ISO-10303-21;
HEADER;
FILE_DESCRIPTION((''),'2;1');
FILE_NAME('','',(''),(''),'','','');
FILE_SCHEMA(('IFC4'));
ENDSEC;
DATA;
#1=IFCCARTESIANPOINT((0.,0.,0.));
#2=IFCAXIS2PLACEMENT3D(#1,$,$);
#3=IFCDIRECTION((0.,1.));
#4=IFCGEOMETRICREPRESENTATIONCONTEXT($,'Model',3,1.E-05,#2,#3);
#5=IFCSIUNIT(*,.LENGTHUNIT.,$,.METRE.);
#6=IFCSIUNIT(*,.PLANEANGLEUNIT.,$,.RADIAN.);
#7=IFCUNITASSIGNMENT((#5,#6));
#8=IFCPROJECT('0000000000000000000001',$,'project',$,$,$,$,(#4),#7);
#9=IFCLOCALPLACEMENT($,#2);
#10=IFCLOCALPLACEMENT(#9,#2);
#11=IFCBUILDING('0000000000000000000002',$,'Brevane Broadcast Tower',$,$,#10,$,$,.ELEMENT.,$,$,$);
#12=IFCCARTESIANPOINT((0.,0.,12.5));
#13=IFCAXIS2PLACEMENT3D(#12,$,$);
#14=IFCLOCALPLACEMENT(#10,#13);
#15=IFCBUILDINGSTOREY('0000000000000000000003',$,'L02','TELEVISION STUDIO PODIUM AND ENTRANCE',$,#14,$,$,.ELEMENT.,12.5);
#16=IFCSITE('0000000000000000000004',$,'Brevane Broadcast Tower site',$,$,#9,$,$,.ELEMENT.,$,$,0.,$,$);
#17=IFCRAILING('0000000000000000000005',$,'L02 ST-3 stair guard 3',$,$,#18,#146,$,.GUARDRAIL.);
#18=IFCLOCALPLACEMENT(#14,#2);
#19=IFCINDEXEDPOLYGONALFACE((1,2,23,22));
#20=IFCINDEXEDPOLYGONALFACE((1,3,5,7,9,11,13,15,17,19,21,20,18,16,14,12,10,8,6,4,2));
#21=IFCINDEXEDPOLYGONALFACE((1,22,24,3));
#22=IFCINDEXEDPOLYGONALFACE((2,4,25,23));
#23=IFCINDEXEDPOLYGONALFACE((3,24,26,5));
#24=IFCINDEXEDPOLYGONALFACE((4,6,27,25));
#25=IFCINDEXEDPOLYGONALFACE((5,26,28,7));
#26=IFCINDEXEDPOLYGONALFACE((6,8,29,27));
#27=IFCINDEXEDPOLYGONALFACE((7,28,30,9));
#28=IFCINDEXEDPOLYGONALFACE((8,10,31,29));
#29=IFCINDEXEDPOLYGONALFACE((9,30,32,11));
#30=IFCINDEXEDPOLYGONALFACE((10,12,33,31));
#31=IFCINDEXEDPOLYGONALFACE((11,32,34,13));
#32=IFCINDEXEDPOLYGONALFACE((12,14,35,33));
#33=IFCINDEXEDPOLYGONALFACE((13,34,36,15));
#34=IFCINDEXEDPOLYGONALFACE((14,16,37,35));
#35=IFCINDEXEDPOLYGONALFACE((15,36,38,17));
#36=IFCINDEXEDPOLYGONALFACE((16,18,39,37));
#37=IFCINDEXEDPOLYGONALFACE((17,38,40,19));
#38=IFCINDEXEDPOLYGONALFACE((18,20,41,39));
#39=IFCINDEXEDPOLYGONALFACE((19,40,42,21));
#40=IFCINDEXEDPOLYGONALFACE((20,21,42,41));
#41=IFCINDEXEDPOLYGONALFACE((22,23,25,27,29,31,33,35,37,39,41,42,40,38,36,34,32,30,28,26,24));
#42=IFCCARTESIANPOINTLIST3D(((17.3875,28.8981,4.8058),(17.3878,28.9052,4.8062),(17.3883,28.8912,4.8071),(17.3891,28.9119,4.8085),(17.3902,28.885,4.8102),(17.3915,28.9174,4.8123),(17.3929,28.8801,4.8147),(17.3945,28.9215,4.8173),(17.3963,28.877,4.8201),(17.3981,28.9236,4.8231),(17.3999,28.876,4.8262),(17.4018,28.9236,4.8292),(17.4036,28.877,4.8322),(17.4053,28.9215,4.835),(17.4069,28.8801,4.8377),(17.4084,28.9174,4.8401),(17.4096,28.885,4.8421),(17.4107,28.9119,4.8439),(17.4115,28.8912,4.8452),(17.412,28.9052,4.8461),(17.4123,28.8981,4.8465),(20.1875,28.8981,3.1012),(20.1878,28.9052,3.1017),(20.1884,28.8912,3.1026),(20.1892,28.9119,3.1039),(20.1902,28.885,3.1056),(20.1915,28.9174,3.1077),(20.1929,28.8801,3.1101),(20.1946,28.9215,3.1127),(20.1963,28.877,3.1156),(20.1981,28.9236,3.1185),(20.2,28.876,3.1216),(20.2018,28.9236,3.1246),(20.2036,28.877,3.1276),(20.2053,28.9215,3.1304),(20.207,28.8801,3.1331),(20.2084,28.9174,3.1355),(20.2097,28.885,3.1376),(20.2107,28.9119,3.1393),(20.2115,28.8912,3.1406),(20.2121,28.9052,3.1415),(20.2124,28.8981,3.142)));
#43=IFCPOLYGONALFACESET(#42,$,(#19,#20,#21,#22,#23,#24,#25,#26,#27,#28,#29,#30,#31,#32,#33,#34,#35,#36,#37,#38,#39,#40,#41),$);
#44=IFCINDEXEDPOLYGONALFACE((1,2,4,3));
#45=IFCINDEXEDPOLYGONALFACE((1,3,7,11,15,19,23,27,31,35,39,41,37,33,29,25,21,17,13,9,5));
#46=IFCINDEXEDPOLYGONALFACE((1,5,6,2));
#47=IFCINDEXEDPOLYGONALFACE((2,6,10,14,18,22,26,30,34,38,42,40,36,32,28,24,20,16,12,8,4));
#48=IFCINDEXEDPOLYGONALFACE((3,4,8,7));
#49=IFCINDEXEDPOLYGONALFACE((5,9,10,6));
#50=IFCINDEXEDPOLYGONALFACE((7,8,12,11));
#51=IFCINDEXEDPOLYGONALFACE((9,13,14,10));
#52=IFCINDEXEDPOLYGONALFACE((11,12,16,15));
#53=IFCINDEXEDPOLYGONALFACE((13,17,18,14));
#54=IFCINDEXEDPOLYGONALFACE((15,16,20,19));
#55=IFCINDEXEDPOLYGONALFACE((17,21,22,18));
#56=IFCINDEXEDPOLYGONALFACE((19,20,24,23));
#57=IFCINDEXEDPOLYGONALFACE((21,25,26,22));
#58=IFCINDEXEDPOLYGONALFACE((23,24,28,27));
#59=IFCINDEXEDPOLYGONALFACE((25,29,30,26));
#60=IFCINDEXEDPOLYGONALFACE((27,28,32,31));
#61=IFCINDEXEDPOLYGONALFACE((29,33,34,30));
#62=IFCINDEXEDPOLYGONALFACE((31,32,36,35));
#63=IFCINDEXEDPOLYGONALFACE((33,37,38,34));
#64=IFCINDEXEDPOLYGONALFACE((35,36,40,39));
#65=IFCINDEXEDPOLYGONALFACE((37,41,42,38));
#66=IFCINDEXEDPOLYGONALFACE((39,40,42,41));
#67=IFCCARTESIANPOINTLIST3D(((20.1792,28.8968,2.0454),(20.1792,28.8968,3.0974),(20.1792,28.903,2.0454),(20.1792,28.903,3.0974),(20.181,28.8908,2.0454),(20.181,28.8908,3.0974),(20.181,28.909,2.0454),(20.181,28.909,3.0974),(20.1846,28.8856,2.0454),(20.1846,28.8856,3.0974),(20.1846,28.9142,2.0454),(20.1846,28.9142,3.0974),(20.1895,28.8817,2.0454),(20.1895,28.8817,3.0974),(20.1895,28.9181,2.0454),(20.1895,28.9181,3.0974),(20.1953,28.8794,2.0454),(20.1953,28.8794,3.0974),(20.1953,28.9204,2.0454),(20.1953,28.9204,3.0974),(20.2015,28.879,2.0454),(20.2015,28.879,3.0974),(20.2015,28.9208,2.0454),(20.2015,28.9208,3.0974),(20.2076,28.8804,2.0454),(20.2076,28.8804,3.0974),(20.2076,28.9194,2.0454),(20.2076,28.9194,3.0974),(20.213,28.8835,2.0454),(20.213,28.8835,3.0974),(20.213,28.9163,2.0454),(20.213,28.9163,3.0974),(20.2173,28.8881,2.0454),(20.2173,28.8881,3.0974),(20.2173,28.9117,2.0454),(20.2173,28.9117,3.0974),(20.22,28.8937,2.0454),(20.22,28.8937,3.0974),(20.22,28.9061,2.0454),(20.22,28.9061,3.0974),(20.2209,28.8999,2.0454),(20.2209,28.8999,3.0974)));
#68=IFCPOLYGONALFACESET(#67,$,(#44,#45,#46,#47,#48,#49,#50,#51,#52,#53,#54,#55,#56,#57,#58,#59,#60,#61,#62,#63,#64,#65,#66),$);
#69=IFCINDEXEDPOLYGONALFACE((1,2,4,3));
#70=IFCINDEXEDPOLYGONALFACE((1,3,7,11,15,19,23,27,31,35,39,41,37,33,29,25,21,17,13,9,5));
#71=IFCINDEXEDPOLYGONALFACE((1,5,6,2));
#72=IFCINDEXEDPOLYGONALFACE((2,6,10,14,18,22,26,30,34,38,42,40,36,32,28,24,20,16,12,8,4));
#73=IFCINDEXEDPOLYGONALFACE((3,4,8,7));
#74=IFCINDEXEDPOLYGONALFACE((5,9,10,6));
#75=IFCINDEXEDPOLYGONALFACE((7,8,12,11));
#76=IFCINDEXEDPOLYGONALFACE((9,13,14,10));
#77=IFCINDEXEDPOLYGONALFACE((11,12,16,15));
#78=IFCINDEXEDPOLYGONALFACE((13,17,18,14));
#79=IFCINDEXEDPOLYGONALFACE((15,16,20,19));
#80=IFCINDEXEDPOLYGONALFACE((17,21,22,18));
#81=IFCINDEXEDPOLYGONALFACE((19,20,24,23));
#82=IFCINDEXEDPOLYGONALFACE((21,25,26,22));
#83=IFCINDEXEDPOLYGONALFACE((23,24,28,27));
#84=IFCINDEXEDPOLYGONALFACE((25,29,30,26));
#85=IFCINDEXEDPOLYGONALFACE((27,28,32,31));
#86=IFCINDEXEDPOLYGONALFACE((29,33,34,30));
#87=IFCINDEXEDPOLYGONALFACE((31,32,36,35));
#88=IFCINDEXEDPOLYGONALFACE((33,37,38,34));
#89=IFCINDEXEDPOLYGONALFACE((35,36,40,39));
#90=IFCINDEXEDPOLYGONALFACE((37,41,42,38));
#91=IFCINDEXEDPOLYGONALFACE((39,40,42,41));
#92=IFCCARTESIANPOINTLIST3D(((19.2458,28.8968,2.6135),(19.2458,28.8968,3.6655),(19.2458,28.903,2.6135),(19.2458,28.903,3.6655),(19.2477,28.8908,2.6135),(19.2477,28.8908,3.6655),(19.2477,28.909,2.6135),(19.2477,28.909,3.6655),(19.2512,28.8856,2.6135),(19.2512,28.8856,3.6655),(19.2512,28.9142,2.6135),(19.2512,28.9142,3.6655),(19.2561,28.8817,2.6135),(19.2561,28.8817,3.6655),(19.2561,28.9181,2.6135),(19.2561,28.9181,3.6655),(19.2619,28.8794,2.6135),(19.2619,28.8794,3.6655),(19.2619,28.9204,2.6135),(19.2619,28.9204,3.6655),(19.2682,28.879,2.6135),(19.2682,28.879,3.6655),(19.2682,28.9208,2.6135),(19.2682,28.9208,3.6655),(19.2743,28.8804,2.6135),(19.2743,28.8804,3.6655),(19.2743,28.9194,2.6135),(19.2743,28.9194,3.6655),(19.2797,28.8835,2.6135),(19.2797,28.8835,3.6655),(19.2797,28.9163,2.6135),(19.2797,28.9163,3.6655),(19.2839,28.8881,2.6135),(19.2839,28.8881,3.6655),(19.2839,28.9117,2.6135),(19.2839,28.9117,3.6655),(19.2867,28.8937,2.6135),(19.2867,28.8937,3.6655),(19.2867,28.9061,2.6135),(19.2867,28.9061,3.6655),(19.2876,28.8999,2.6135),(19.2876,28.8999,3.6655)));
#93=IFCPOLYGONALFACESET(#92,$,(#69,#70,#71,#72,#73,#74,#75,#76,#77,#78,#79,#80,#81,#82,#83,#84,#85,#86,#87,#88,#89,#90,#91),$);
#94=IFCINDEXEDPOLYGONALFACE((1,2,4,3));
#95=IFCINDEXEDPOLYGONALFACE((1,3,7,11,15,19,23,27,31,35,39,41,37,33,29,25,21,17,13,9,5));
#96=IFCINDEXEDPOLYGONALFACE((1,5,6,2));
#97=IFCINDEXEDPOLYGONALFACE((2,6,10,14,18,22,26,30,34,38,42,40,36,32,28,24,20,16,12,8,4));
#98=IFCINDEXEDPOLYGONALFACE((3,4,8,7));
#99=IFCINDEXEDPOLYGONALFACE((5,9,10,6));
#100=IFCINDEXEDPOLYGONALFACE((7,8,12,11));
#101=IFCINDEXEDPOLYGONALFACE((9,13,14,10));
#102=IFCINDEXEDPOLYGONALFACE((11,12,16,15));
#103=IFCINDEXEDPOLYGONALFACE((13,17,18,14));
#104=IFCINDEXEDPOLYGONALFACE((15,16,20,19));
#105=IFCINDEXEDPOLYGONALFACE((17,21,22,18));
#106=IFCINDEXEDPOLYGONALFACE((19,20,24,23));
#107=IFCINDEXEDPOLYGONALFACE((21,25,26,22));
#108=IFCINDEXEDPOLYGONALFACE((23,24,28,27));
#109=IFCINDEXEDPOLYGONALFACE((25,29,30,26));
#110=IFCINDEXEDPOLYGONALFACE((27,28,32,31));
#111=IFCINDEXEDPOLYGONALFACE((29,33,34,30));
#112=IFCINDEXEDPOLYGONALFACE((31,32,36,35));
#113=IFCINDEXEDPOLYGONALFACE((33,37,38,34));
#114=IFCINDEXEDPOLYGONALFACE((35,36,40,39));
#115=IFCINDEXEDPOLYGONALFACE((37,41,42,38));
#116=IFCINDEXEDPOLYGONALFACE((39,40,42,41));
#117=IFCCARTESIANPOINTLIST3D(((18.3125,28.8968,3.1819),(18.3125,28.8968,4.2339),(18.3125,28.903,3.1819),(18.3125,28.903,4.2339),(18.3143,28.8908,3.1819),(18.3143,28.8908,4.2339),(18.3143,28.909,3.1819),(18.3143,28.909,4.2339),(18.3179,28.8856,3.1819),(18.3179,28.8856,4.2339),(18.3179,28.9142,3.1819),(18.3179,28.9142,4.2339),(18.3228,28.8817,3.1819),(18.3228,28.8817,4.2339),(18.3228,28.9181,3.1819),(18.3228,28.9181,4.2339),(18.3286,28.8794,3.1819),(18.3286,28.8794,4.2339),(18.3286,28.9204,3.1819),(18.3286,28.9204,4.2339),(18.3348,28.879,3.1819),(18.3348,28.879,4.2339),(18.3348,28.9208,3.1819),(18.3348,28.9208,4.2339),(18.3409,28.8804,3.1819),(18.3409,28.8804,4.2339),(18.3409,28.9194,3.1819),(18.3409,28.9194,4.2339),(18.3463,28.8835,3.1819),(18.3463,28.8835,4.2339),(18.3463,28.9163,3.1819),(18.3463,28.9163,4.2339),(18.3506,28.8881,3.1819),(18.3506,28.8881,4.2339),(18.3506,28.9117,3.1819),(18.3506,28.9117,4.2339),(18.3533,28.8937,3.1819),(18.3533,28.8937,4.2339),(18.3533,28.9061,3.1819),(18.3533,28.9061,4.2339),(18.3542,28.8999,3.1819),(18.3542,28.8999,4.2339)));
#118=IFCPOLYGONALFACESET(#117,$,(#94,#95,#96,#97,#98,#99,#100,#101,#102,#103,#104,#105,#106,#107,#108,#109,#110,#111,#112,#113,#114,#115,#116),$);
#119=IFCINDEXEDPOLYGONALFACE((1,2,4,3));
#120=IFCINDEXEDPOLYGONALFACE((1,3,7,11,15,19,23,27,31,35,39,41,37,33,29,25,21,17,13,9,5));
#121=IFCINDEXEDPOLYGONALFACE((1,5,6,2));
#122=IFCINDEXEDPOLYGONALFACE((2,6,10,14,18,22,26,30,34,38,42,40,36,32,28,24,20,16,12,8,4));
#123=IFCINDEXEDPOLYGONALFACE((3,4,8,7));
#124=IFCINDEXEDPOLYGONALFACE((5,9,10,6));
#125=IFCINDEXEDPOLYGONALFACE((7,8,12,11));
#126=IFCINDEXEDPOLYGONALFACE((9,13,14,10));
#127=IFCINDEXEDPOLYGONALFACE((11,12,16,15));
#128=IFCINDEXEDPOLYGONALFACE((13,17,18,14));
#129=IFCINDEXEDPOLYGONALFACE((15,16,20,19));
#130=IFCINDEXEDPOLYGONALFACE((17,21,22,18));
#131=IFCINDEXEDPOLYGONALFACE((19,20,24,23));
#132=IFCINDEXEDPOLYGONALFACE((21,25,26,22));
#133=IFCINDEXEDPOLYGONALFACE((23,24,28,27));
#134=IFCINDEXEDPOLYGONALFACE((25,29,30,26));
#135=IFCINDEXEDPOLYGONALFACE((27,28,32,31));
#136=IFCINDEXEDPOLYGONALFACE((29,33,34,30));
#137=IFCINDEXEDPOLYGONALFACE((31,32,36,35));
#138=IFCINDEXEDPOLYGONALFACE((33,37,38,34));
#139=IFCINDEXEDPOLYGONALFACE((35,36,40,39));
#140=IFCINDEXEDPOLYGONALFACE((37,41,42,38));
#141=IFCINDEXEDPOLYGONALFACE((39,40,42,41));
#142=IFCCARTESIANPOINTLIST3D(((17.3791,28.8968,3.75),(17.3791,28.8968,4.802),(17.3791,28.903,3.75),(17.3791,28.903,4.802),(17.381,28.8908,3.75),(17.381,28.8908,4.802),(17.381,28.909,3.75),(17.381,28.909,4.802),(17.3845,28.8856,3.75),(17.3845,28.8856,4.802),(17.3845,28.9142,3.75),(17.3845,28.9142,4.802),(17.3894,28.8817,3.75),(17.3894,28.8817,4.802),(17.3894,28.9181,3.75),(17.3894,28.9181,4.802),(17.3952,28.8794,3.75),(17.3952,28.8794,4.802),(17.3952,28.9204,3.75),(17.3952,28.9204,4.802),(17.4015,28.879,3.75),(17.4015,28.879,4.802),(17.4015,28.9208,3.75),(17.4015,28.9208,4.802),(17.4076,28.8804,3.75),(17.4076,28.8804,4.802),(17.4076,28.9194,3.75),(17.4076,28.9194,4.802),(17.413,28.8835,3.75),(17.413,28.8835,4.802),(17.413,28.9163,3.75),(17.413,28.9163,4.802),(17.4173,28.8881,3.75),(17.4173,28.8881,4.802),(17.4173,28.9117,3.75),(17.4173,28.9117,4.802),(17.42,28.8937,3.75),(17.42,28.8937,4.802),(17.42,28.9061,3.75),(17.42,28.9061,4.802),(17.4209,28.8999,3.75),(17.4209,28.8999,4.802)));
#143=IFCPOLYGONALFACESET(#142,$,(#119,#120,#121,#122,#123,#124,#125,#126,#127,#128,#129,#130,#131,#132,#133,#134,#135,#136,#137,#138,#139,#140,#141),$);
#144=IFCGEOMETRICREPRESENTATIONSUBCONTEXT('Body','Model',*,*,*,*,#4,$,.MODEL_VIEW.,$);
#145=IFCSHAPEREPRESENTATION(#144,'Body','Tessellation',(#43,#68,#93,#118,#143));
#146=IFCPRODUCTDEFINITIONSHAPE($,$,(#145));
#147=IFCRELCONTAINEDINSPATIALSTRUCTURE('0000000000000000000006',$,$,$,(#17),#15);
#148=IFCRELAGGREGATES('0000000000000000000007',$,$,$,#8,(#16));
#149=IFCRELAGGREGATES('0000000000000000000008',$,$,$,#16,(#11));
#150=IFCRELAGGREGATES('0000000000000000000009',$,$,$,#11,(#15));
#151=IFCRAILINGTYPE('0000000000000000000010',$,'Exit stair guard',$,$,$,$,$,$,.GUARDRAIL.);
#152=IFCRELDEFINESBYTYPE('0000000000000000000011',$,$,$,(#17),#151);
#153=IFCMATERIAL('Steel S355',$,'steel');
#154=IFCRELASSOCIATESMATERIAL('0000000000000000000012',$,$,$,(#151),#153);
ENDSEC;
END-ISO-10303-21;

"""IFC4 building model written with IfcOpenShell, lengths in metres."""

from ifc_helpers import new_model, si_unit, direction, frame, origin, origin_2d, place, context, subcontext, project, spatial, circle, extrude, material, type_object, element, save


model = new_model("IFC4")

# Units and contexts
model_context = context("Model", 3, precision=1e-05, world=origin(), true_north=direction((0.0, 1.0)))
body_context = subcontext(model_context, "Body", "Model", "MODEL_VIEW")
ifc_project = project(units=[si_unit("LENGTHUNIT", "METRE"), si_unit("PLANEANGLEUNIT", "RADIAN")], contexts=[model_context])

# Site, building, storey
site_placement = place(None, origin())
site = spatial("IfcSite", under=ifc_project, at=site_placement, Name="Brevane Broadcast Tower site", CompositionType="ELEMENT", RefElevation=0.0)
building_placement = place(site_placement, origin())
building = spatial("IfcBuilding", under=site, at=building_placement, Name="Brevane Broadcast Tower", CompositionType="ELEMENT")
storey_placement = place(building_placement, frame((0.0, 0.0, 12.5)))
storey = spatial("IfcBuildingStorey", under=building, at=storey_placement, Name="L02", Description="TELEVISION STUDIO PODIUM AND ENTRANCE", CompositionType="ELEMENT", Elevation=12.5)

# Railing
ifc_material_1 = material(Name="Steel S355", Category="steel")
railing_type_1 = type_object("IfcRailingType", Name="Exit stair guard", PredefinedType="GUARDRAIL", material=ifc_material_1)
railing_1_placement = place(storey_placement, frame((20.2, 28.8999, 2.0454)))
element("IfcRailing", 1, at=railing_1_placement, inside=storey, type_object=railing_type_1, Name="L02 ST-3 stair guard 3", PredefinedType="GUARDRAIL", context=body_context, shape_type="SweptSolid", body=[
    extrude(circle(Radius=0.0239, at=origin_2d()), frame((0.0, 0.0, 1.0762), z_axis=(-0.85417, 0.0, 0.519994), x_axis=(0.0, -1.0, 0.0)), (0.0, 0.0, 1.0), 3.2781),
    extrude(circle(Radius=0.021, at=origin_2d()), origin(), (0.0, 0.0, 1.0), 1.052),
    extrude(circle(Radius=0.021, at=origin_2d()), frame((-0.9333, 0.0, 0.5681)), (0.0, 0.0, 1.0), 1.052),
    extrude(circle(Radius=0.021, at=origin_2d()), frame((-1.8667, 0.0, 1.1365)), (0.0, 0.0, 1.0), 1.052),
    extrude(circle(Radius=0.021, at=origin_2d()), frame((-2.8, 0.0, 1.7046)), (0.0, 0.0, 1.0), 1.052),
])

save(model, "model.ifc")
